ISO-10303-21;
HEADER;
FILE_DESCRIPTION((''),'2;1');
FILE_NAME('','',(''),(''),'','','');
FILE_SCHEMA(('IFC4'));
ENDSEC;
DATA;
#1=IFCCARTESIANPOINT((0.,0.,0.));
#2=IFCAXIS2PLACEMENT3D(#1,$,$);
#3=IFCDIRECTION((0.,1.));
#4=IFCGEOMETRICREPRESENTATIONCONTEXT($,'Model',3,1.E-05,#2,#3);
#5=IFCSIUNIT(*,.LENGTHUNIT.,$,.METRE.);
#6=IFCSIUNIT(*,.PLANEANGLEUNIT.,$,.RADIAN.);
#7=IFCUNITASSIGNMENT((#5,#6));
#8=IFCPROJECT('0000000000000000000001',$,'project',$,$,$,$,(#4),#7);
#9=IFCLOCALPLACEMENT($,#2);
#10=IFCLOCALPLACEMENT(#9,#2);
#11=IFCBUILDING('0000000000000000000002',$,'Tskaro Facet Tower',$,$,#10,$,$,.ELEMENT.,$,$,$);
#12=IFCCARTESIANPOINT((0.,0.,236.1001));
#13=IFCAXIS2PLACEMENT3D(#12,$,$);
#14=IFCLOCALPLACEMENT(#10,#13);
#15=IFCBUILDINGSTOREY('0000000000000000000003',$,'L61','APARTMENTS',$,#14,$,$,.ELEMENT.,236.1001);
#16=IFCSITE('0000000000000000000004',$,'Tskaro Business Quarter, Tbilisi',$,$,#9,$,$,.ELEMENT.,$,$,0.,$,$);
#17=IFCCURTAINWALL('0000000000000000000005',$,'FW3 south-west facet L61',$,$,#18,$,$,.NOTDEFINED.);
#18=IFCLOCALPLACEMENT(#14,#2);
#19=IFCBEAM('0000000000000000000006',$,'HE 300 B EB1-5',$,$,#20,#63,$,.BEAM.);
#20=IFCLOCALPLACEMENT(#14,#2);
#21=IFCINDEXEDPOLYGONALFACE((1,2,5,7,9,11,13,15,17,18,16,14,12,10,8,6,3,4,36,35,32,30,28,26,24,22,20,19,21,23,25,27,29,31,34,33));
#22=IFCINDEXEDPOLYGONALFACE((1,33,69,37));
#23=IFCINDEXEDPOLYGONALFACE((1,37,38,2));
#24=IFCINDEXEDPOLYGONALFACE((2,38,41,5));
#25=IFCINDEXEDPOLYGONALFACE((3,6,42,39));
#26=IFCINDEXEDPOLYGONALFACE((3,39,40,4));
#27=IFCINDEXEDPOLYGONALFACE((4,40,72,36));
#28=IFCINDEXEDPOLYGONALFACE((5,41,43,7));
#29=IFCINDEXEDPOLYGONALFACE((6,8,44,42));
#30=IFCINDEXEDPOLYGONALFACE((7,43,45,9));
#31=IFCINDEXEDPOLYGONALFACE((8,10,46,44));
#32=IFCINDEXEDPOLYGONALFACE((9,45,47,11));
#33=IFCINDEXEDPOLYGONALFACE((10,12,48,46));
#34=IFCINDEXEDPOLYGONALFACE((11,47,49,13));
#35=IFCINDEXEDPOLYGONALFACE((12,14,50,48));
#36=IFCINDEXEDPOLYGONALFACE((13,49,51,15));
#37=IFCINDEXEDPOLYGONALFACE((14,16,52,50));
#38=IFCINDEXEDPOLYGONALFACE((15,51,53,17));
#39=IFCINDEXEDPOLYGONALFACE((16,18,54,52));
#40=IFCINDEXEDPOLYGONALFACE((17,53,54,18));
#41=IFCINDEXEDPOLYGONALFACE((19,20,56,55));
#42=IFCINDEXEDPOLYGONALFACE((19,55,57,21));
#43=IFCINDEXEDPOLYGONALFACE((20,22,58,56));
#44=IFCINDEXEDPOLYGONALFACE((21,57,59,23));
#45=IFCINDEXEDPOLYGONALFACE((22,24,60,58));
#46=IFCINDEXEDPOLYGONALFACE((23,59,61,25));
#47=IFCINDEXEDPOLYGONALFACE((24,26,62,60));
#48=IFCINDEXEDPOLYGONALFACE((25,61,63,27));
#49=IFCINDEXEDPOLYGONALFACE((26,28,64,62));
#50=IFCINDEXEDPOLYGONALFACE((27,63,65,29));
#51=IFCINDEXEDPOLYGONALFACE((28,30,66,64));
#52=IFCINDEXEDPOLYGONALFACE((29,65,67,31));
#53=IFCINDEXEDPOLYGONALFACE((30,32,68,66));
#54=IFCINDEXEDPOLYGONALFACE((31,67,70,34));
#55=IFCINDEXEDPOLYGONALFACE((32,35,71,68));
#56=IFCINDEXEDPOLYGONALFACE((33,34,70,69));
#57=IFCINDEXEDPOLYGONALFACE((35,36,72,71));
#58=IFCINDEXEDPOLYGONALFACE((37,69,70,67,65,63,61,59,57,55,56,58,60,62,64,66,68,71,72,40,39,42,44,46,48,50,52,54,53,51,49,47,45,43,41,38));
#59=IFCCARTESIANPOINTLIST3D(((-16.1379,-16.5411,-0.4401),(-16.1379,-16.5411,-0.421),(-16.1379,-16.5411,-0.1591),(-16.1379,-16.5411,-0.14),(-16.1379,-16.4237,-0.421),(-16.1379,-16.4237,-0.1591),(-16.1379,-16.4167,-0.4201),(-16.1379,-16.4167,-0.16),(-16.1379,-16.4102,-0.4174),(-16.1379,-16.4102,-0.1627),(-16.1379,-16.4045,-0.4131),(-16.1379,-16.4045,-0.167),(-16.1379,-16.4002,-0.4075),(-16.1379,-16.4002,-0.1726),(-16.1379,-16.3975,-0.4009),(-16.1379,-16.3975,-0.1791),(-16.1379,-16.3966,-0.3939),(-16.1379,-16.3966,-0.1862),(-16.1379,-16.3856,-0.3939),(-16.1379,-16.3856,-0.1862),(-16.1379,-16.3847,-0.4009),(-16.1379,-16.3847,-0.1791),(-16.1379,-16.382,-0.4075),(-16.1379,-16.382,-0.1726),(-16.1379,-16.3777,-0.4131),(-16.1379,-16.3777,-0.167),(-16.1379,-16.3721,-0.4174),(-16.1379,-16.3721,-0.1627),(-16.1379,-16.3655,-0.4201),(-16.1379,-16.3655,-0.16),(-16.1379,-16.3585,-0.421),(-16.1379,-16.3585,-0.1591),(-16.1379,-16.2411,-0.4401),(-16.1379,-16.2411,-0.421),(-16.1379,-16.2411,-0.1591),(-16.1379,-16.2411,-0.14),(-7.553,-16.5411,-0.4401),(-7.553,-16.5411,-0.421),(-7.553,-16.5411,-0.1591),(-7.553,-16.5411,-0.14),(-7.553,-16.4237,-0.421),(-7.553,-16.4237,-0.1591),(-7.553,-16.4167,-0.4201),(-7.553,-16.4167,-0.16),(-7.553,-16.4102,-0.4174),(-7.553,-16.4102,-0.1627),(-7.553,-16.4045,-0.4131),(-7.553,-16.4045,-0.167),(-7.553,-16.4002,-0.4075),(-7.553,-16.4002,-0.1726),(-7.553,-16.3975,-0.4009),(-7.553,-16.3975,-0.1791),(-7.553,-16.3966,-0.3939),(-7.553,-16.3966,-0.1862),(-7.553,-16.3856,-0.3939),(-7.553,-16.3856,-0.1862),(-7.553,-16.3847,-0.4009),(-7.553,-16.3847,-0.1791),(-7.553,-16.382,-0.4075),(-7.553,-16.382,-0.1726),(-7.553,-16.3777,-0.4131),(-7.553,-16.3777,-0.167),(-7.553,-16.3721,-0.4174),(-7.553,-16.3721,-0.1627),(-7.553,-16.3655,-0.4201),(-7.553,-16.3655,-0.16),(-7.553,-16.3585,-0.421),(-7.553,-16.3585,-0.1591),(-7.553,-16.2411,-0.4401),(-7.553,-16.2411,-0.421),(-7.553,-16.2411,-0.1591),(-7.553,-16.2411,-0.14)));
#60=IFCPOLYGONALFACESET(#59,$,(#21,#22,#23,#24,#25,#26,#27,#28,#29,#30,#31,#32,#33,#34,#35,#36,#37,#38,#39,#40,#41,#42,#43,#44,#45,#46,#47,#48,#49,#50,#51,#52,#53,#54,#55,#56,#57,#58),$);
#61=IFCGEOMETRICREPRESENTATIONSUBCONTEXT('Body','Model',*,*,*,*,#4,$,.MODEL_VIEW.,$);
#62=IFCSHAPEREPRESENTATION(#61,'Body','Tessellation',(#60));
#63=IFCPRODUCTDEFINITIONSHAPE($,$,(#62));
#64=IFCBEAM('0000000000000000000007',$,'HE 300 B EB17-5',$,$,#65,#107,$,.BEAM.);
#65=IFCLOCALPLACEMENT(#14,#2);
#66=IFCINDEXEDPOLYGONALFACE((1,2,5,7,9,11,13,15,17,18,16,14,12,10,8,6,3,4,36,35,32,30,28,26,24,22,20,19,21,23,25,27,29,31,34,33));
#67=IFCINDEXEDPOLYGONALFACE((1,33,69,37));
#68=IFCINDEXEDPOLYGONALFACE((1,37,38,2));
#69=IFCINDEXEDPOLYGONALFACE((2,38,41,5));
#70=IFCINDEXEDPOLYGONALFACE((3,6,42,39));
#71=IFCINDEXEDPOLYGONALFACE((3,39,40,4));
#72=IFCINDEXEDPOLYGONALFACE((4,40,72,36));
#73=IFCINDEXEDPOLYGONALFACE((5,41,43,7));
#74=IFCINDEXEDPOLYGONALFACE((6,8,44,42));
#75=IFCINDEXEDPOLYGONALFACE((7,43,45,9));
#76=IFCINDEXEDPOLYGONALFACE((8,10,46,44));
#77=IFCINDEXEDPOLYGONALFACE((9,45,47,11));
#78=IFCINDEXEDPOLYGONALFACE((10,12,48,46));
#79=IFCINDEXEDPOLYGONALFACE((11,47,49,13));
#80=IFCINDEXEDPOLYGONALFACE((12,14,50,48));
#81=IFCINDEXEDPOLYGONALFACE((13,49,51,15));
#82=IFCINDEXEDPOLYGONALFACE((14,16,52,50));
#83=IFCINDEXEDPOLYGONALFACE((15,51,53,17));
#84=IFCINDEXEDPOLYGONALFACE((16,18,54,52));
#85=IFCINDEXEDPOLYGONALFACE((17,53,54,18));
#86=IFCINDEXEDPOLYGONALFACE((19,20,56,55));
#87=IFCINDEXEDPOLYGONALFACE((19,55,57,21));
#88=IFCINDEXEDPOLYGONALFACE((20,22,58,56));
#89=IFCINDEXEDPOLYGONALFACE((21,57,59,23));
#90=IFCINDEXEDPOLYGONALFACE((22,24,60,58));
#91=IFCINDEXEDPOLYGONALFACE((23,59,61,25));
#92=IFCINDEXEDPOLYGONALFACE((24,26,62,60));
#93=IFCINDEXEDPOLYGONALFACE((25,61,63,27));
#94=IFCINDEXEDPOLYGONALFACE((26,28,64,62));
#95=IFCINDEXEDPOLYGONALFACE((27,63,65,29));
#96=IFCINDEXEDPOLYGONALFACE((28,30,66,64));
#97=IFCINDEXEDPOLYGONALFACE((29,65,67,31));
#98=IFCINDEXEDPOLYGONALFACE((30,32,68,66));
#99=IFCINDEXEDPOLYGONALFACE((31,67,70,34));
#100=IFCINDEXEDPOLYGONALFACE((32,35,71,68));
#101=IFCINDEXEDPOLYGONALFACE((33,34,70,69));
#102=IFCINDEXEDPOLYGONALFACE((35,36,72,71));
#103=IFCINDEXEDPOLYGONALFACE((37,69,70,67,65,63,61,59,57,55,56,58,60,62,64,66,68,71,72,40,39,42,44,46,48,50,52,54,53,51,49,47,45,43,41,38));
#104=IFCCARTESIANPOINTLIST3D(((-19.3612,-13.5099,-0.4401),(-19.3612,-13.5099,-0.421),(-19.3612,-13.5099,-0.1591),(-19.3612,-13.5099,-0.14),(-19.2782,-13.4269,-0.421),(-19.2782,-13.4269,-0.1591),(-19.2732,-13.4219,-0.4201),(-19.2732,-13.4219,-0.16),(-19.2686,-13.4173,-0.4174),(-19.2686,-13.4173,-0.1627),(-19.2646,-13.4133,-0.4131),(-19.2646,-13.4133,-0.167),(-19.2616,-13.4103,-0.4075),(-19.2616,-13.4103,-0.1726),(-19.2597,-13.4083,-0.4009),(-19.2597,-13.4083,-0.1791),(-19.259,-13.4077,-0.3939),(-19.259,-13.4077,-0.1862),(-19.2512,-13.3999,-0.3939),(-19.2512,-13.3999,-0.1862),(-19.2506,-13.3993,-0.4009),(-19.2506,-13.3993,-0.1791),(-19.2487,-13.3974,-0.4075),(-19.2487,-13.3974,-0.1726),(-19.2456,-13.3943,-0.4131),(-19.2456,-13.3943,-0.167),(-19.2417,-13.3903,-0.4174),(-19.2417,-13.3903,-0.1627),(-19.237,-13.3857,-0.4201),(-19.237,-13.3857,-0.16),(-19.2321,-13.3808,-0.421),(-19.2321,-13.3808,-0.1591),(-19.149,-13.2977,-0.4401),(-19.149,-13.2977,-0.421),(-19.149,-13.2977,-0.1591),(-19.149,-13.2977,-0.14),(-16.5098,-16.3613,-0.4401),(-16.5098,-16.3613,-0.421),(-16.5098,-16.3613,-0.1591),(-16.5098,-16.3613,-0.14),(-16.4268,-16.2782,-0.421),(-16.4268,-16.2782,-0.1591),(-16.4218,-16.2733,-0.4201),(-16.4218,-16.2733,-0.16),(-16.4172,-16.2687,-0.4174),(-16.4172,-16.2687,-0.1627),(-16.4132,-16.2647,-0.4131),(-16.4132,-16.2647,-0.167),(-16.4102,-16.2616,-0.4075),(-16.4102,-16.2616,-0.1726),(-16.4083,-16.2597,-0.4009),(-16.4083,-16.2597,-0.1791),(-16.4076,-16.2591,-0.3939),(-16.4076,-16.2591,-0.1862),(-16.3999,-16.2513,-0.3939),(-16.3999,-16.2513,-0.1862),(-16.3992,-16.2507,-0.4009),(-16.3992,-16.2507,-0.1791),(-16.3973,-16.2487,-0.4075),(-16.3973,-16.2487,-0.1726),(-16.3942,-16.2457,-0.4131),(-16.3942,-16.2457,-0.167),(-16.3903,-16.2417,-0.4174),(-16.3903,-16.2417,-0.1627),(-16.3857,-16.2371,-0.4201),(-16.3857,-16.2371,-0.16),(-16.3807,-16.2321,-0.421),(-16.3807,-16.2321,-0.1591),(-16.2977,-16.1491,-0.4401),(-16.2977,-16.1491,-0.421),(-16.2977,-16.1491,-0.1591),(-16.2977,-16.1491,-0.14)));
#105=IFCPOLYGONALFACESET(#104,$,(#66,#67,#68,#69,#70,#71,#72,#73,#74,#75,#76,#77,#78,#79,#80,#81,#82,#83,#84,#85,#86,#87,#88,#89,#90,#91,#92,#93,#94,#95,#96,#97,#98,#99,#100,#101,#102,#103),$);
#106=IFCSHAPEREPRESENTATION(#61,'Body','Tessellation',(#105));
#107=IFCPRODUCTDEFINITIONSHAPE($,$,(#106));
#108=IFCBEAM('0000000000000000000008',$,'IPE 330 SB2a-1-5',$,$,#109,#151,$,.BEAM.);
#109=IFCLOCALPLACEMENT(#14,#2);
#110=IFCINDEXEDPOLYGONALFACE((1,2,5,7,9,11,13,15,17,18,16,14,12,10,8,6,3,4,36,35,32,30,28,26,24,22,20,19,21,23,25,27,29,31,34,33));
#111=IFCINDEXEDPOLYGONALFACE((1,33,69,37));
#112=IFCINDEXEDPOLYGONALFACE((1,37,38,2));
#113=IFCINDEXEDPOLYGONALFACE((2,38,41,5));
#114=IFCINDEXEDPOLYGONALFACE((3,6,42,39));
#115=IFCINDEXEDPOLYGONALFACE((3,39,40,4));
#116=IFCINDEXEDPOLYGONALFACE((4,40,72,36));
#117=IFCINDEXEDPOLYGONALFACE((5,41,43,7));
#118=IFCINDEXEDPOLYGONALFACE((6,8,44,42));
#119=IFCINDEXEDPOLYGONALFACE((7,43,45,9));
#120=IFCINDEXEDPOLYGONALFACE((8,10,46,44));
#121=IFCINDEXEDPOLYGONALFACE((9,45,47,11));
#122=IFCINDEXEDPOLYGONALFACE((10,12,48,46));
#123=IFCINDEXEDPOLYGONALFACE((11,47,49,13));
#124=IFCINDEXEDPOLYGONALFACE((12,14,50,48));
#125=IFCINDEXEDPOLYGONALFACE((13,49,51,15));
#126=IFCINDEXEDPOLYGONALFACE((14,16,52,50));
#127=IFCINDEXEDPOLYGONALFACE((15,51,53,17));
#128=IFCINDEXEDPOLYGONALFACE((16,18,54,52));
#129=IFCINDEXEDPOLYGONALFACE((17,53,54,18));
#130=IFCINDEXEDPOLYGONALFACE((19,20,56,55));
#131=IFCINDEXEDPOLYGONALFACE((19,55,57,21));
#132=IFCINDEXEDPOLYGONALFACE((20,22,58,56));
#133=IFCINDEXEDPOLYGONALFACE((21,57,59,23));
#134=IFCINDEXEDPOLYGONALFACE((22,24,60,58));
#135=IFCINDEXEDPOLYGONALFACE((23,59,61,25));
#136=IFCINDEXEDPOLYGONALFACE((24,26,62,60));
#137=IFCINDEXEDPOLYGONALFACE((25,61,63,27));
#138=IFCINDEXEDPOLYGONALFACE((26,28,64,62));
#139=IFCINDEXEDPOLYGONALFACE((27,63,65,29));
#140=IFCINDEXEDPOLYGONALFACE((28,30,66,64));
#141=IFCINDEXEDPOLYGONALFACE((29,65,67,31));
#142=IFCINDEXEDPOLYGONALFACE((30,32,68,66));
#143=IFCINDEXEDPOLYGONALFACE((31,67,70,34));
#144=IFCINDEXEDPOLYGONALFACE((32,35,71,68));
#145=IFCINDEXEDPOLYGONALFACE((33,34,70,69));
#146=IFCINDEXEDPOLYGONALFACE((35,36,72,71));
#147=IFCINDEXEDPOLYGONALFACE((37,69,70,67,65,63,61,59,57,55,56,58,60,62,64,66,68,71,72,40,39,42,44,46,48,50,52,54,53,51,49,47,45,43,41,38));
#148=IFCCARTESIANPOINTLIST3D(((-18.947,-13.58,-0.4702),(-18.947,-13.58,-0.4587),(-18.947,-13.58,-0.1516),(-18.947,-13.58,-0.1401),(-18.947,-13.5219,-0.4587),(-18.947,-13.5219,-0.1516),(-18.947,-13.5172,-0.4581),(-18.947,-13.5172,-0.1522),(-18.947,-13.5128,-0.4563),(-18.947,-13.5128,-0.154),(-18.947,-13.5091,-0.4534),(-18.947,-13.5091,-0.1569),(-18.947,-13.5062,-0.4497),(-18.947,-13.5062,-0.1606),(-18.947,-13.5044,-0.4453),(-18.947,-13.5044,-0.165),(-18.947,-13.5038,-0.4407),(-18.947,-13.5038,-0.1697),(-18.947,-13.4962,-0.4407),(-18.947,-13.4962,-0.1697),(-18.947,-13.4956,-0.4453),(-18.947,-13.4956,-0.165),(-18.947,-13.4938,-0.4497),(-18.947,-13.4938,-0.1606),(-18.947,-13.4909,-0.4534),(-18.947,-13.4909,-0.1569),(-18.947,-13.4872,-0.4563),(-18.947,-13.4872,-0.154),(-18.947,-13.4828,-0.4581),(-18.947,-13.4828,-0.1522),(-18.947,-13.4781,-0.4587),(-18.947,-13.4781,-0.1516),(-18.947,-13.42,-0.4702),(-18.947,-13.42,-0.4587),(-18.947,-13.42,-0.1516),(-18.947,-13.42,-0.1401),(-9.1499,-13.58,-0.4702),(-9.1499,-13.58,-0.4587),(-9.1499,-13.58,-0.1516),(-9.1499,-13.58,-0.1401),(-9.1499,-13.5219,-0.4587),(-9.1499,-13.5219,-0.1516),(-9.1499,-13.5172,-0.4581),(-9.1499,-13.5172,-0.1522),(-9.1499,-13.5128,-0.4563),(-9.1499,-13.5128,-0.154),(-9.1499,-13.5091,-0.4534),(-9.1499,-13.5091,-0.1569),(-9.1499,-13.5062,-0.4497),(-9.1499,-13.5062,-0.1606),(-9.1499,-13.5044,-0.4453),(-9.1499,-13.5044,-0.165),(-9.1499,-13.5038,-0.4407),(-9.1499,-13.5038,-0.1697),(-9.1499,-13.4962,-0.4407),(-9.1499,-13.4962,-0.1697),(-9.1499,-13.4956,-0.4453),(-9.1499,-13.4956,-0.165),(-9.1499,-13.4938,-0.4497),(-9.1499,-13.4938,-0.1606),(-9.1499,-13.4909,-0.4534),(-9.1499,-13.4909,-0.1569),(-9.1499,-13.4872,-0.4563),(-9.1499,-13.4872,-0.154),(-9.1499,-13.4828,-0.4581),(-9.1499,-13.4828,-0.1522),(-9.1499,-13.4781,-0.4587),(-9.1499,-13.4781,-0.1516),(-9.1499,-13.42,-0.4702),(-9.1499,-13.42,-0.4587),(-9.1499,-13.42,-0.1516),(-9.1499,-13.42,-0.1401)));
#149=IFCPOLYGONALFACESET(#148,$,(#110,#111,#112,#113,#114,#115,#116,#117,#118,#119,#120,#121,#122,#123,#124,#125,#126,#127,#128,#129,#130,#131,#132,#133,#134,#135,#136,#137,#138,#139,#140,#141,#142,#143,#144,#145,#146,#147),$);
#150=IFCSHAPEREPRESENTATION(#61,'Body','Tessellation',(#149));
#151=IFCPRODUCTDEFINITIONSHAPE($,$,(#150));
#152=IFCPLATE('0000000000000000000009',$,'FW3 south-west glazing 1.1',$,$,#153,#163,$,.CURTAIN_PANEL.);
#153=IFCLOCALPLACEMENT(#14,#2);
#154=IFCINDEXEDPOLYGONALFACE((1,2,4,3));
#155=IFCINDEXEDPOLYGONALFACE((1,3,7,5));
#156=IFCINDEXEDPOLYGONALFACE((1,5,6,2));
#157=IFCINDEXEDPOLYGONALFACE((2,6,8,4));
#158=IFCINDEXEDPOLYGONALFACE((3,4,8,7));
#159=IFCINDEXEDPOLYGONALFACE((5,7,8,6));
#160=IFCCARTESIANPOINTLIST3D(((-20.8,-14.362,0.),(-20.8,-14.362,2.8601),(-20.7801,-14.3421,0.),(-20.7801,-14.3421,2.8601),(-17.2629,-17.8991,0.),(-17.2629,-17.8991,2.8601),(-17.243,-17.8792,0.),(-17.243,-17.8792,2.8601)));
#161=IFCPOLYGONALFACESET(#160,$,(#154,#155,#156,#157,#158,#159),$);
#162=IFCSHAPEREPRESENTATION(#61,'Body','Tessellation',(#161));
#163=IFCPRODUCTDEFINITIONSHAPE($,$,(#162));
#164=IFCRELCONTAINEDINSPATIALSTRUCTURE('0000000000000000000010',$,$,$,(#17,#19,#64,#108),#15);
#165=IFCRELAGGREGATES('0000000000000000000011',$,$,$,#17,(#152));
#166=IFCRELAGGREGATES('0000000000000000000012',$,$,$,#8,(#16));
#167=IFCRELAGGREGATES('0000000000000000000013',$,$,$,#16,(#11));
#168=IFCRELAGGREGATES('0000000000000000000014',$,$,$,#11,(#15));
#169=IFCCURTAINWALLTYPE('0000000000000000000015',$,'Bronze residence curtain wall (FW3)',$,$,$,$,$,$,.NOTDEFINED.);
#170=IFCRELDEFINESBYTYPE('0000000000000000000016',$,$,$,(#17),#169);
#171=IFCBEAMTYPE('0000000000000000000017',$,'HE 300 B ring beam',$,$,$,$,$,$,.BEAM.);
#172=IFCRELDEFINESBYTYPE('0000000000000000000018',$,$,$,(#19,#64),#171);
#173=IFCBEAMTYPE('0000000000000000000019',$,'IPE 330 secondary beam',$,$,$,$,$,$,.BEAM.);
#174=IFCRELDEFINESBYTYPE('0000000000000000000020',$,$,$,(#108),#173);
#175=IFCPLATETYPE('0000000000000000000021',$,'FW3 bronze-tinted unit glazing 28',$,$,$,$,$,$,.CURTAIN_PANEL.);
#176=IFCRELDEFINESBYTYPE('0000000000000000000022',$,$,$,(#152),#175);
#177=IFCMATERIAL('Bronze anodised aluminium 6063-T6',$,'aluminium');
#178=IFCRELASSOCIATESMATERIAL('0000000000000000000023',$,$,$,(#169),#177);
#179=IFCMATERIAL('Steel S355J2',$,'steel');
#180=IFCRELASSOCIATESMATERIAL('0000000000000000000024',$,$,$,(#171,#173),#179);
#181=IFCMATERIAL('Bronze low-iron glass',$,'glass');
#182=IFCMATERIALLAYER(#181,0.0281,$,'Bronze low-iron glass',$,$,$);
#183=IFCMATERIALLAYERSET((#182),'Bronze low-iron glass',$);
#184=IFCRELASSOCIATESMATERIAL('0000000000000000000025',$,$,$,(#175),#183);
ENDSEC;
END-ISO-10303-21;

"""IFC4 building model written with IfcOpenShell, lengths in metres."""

from ifc_helpers import new_model, si_unit, direction, frame, origin, origin_2d, place, context, subcontext, project, spatial, rectangle, i_section, extrude, material, layer, layer_set, material_profile, profile_set, type_object, element, aggregate, save


model = new_model("IFC4")

# Units and contexts
model_context = context("Model", 3, precision=1e-05, world=origin(), true_north=direction((0.0, 1.0)))
body_context = subcontext(model_context, "Body", "Model", "MODEL_VIEW")
ifc_project = project(units=[si_unit("LENGTHUNIT", "METRE"), si_unit("PLANEANGLEUNIT", "RADIAN")], contexts=[model_context])

# Site, building, storey
site_placement = place(None, origin())
site = spatial("IfcSite", under=ifc_project, at=site_placement, Name="Tskaro Business Quarter, Tbilisi", CompositionType="ELEMENT", RefElevation=0.0)
building_placement = place(site_placement, origin())
building = spatial("IfcBuilding", under=site, at=building_placement, Name="Tskaro Facet Tower", CompositionType="ELEMENT")
storey_placement = place(building_placement, frame((0.0, 0.0, 236.1001)))
storey = spatial("IfcBuildingStorey", under=building, at=storey_placement, Name="L61", Description="APARTMENTS", CompositionType="ELEMENT", Elevation=236.1001)

# Shared definitions
ifc_material_1 = material(Name="Steel S355J2", Category="steel")

# Curtain wall
ifc_material_2 = material(Name="Bronze anodised aluminium 6063-T6", Category="aluminium")
curtain_wall_type = type_object("IfcCurtainWallType", Name="Bronze residence curtain wall (FW3)", PredefinedType="NOTDEFINED", material=ifc_material_2)
curtain_wall_1_placement = place(storey_placement, origin())
curtain_wall_1 = element("IfcCurtainWall", 1, at=curtain_wall_1_placement, inside=storey, type_object=curtain_wall_type, Name="FW3 south-west facet L61", PredefinedType="NOTDEFINED")

# Beams
ifc_material_profile_1 = material_profile(ifc_material_1, i_section(OverallWidth=0.3, OverallDepth=0.3, WebThickness=0.011, FlangeThickness=0.019, FilletRadius=0.0271, at=origin_2d()), Name="HE 300 B")
ifc_profile_set_1 = profile_set([ifc_material_profile_1], Name="Steel S355J2")
beam_type_1 = type_object("IfcBeamType", Name="HE 300 B ring beam", PredefinedType="BEAM", material=ifc_profile_set_1)
beam_1_placement = place(storey_placement, frame((-16.1379, -16.3911, -0.29), z_axis=(1.0, 0.0, 0.0), x_axis=(0.0, 1.0, 0.0)))
element("IfcBeam", 2, at=beam_1_placement, inside=storey, type_object=beam_type_1, Name="HE 300 B EB1-5", PredefinedType="BEAM", context=body_context, shape_type="SweptSolid", body=[
    extrude(i_section(OverallWidth=0.3, OverallDepth=0.3, WebThickness=0.011, FlangeThickness=0.019, FilletRadius=0.0271, at=origin_2d()), origin(), (0.0, 0.0, 1.0), 8.585),
])
beam_2_placement = place(storey_placement, frame((-19.2551, -13.4038, -0.29), z_axis=(0.707107, -0.707107, 0.0), x_axis=(0.707107, 0.707107, 0.0)))
element("IfcBeam", 3, at=beam_2_placement, inside=storey, type_object=beam_type_1, Name="HE 300 B EB17-5", PredefinedType="BEAM", context=body_context, shape_type="SweptSolid", body=[
    extrude(i_section(OverallWidth=0.3, OverallDepth=0.3, WebThickness=0.011, FlangeThickness=0.019, FilletRadius=0.0271, at=origin_2d()), origin(), (0.0, 0.0, 1.0), 4.0325),
])
ifc_material_profile_2 = material_profile(ifc_material_1, i_section(OverallWidth=0.1599, OverallDepth=0.3301, WebThickness=0.0076, FlangeThickness=0.0115, FilletRadius=0.0181, at=origin_2d()), Name="IPE 330")
ifc_profile_set_2 = profile_set([ifc_material_profile_2], Name="Steel S355J2")
beam_type_2 = type_object("IfcBeamType", Name="IPE 330 secondary beam", PredefinedType="BEAM", material=ifc_profile_set_2)
beam_3_placement = place(storey_placement, frame((-18.947, -13.5, -0.3052), z_axis=(1.0, 0.0, 0.0), x_axis=(0.0, 1.0, 0.0)))
element("IfcBeam", 4, at=beam_3_placement, inside=storey, type_object=beam_type_2, Name="IPE 330 SB2a-1-5", PredefinedType="BEAM", context=body_context, shape_type="SweptSolid", body=[
    extrude(i_section(OverallWidth=0.1599, OverallDepth=0.3301, WebThickness=0.0076, FlangeThickness=0.0115, FilletRadius=0.0181, at=origin_2d()), origin(), (0.0, 0.0, 1.0), 9.7971),
])

# Plate
ifc_material_3 = material(Name="Bronze low-iron glass", Category="glass")
ifc_layer_1 = layer(ifc_material_3, 0.0281, Name="Bronze low-iron glass")
ifc_layer_set_1 = layer_set([ifc_layer_1], Name="Bronze low-iron glass")
plate_type = type_object("IfcPlateType", Name="FW3 bronze-tinted unit glazing 28", PredefinedType="CURTAIN_PANEL", material=ifc_layer_set_1)
plate_placement = place(storey_placement, frame((-19.0215, -16.1206, 0.0), z_axis=(0.0, 0.0, 1.0), x_axis=(0.707107, -0.707107, 0.0)))
plate = element("IfcPlate", 5, at=plate_placement, type_object=plate_type, Name="FW3 south-west glazing 1.1", PredefinedType="CURTAIN_PANEL", context=body_context, shape_type="SweptSolid", body=[
    extrude(rectangle(XDim=5.0022, YDim=0.0281, at=origin_2d()), origin(), (0.0, 0.0, 1.0), 2.8601),
])
aggregate(curtain_wall_1, [plate])

save(model, "model.ifc")
